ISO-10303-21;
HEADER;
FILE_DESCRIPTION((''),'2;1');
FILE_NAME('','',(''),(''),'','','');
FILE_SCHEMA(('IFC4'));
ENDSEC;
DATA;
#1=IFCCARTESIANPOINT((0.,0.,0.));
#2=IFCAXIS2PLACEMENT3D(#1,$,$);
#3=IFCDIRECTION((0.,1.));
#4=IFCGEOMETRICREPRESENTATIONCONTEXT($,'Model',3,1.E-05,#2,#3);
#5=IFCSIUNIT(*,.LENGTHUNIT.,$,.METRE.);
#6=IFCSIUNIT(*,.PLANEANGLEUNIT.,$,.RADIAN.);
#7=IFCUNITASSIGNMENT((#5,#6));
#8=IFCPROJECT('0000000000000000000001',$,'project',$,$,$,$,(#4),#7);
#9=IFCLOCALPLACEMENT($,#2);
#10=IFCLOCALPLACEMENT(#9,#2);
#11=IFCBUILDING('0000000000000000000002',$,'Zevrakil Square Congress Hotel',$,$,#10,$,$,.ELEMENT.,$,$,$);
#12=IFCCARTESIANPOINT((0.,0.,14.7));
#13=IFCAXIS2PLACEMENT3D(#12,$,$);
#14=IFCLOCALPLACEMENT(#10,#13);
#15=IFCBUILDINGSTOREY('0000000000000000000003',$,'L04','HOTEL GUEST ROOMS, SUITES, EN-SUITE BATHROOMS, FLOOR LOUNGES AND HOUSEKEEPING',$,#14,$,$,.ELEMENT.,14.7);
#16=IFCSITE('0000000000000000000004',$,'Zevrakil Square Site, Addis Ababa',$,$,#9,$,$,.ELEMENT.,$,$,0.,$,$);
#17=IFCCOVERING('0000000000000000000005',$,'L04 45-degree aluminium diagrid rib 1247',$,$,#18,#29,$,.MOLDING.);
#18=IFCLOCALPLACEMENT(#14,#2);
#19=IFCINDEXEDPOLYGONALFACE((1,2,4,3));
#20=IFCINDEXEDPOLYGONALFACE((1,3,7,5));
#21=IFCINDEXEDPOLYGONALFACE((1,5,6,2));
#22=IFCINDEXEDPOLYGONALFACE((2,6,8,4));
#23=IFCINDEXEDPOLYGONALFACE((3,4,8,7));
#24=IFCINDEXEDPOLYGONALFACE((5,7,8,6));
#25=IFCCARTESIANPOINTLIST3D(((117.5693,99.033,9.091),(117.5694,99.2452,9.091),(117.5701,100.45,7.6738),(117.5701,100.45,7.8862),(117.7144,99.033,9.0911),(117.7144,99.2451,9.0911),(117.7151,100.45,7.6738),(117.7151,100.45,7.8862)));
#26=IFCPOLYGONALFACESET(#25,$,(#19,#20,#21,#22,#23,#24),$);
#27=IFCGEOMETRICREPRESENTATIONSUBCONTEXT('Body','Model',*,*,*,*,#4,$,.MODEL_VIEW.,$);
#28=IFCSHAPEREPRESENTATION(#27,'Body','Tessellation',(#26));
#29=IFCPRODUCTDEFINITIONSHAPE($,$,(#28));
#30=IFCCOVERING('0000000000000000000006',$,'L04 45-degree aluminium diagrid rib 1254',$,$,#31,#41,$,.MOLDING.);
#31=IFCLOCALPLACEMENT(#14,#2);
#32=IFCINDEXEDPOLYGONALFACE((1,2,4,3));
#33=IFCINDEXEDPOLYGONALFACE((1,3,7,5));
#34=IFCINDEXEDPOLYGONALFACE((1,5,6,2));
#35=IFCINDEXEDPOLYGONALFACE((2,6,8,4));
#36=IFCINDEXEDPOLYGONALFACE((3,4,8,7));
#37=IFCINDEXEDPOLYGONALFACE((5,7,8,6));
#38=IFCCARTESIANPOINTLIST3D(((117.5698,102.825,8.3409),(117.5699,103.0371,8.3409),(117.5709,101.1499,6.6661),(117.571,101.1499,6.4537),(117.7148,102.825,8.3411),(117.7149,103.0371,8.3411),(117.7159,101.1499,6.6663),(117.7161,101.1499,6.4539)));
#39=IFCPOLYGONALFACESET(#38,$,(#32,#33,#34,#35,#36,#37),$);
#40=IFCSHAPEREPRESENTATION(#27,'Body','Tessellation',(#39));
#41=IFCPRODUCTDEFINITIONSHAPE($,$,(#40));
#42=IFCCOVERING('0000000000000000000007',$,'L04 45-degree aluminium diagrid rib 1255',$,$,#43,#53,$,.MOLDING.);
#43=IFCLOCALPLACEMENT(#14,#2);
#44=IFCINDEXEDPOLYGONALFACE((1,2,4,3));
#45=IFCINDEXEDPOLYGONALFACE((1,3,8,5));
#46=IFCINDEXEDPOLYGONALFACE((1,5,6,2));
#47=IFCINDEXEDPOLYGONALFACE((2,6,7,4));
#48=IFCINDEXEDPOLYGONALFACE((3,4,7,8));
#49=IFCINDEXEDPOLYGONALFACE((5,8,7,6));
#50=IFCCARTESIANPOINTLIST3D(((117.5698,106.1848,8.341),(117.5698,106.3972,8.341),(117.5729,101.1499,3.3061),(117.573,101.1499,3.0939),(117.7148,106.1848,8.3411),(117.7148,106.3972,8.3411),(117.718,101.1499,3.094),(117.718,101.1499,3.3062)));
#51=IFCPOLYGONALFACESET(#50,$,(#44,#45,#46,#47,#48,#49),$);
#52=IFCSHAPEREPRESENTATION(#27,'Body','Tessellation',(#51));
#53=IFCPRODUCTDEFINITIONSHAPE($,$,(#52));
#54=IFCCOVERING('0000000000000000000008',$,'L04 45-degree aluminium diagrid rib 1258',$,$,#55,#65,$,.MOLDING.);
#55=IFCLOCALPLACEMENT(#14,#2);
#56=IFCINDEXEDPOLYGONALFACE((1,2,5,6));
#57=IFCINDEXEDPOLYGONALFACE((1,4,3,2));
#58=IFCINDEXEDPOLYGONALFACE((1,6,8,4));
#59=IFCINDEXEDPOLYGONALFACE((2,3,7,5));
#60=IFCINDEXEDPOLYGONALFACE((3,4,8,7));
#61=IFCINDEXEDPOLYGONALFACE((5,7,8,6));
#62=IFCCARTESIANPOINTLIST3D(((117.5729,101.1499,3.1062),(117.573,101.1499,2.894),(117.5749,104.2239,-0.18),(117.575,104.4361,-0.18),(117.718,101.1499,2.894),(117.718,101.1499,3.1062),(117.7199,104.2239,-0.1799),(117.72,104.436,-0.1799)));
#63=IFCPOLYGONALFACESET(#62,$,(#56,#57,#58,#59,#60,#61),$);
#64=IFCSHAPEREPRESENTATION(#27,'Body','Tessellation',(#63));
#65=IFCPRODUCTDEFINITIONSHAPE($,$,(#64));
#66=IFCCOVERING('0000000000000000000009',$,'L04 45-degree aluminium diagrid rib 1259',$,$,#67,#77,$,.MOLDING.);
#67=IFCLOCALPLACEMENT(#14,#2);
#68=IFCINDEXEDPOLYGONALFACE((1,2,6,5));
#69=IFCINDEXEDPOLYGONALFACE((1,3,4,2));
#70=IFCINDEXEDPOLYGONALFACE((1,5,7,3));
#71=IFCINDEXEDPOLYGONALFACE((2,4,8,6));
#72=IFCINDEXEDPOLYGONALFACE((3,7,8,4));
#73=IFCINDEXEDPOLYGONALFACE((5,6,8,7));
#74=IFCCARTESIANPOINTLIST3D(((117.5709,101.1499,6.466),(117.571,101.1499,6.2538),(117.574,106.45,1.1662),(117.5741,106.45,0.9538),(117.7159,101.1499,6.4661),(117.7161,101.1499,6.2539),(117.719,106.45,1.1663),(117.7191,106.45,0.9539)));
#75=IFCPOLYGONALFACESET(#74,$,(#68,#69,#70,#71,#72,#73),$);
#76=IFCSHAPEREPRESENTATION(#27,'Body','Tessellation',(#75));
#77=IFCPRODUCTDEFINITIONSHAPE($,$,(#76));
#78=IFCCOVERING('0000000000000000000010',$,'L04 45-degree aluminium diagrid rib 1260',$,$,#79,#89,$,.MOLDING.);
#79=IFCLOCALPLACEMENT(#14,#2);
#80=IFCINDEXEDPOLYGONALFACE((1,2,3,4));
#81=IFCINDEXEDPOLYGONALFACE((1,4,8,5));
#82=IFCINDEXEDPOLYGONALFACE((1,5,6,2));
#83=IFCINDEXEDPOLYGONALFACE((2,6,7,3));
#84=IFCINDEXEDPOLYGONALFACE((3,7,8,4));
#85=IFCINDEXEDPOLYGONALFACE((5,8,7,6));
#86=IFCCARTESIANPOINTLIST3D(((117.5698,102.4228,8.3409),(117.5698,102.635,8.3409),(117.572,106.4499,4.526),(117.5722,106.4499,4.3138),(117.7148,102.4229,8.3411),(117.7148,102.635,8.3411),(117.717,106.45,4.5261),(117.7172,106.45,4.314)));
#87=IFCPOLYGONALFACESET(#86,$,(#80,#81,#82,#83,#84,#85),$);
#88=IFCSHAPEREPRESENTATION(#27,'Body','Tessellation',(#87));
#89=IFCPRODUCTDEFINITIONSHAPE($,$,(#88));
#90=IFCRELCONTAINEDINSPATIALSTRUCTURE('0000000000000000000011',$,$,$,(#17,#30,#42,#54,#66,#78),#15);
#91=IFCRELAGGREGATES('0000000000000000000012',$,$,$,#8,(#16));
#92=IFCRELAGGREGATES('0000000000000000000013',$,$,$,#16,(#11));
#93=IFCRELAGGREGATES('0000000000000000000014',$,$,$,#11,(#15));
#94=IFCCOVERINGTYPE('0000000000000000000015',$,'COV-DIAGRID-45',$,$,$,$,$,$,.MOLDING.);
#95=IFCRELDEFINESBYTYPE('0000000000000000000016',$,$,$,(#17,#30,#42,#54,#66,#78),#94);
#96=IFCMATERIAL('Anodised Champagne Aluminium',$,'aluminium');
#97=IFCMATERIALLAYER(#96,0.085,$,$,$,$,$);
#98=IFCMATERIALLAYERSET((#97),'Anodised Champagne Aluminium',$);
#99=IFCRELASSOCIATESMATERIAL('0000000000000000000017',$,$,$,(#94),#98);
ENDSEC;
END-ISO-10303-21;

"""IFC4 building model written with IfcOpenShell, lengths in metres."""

from ifc_helpers import new_model, si_unit, direction, frame, origin, place, context, subcontext, project, spatial, polyline, outline, extrude, material, layer, layer_set, type_object, element, save


model = new_model("IFC4")

# Units and contexts
model_context = context("Model", 3, precision=1e-05, world=origin(), true_north=direction((0.0, 1.0)))
body_context = subcontext(model_context, "Body", "Model", "MODEL_VIEW")
ifc_project = project(units=[si_unit("LENGTHUNIT", "METRE"), si_unit("PLANEANGLEUNIT", "RADIAN")], contexts=[model_context])

# Site, building, storey
site_placement = place(None, origin())
site = spatial("IfcSite", under=ifc_project, at=site_placement, Name="Zevrakil Square Site, Addis Ababa", CompositionType="ELEMENT", RefElevation=0.0)
building_placement = place(site_placement, origin())
building = spatial("IfcBuilding", under=site, at=building_placement, Name="Zevrakil Square Congress Hotel", CompositionType="ELEMENT")
storey_placement = place(building_placement, frame((0.0, 0.0, 14.7)))
storey = spatial("IfcBuildingStorey", under=building, at=storey_placement, Name="L04", Description="HOTEL GUEST ROOMS, SUITES, EN-SUITE BATHROOMS, FLOOR LOUNGES AND HOUSEKEEPING", CompositionType="ELEMENT", Elevation=14.7)

# Coverings
ifc_material_1 = material(Name="Anodised Champagne Aluminium", Category="aluminium")
ifc_layer_1 = layer(ifc_material_1, 0.085)
ifc_layer_set_1 = layer_set([ifc_layer_1], Name="Anodised Champagne Aluminium")
covering_type_1 = type_object("IfcCoveringType", Name="COV-DIAGRID-45", PredefinedType="MOLDING", material=ifc_layer_set_1)
covering_1_placement = place(storey_placement, frame((117.7144, 99.033, 9.0911), z_axis=(1.0, -0.00028, 0.000279), x_axis=(0.00028, 1.0, 0.0)))
element("IfcCovering", 1, at=covering_1_placement, inside=storey, type_object=covering_type_1, Name="L04 45-degree aluminium diagrid rib 1247", PredefinedType="MOLDING", context=body_context, shape_type="SweptSolid", body=[
    extrude(outline(polyline([(0.0, 0.0), (0.2122, 0.0), (1.417, -1.2048), (1.417, -1.4172), (0.0, 0.0)])), origin(), (0.0, 0.0, -1.0), 0.145),
])
covering_2_placement = place(storey_placement, frame((117.7161, 101.1499, 6.4539), z_axis=(1.0, -0.000266, 0.000883), x_axis=(-0.000883, 0.0, 1.0)))
element("IfcCovering", 2, at=covering_2_placement, inside=storey, type_object=covering_type_1, Name="L04 45-degree aluminium diagrid rib 1254", PredefinedType="MOLDING", context=body_context, shape_type="SweptSolid", body=[
    extrude(outline(polyline([(0.0, 0.0), (0.2124, 0.0), (1.8872, -1.675), (1.8872, -1.8872), (0.0, 0.0)])), origin(), (0.0, 0.0, -1.0), 0.145),
])
covering_3_placement = place(storey_placement, frame((117.718, 101.1499, 3.094), z_axis=(1.0, 0.000308, 0.000309), x_axis=(-0.000309, 0.0, 1.0)))
element("IfcCovering", 3, at=covering_3_placement, inside=storey, type_object=covering_type_1, Name="L04 45-degree aluminium diagrid rib 1255", PredefinedType="MOLDING", context=body_context, shape_type="SweptSolid", body=[
    extrude(outline(polyline([(0.0, 0.0), (0.2122, 0.0), (5.2471, -5.0349), (5.2471, -5.2473), (0.0, 0.0)])), origin(), (0.0, 0.0, -1.0), 0.145),
])
covering_4_placement = place(storey_placement, frame((117.718, 101.1499, 2.894), z_axis=(1.0, -0.000307, 0.000307), x_axis=(-0.000307, 0.0, 1.0)))
element("IfcCovering", 4, at=covering_4_placement, inside=storey, type_object=covering_type_1, Name="L04 45-degree aluminium diagrid rib 1258", PredefinedType="MOLDING", context=body_context, shape_type="SweptSolid", body=[
    extrude(outline(polyline([(0.0, 0.0), (0.2122, 0.0), (-3.074, -3.2861), (-3.074, -3.074), (0.0, 0.0)])), origin(), (0.0, 0.0, -1.0), 0.145),
])
covering_5_placement = place(storey_placement, frame((117.7161, 101.1499, 6.2539), z_axis=(1.0, -0.000001, 0.000575), x_axis=(-0.000575, 0.0, 1.0)))
element("IfcCovering", 5, at=covering_5_placement, inside=storey, type_object=covering_type_1, Name="L04 45-degree aluminium diagrid rib 1259", PredefinedType="MOLDING", context=body_context, shape_type="SweptSolid", body=[
    extrude(outline(polyline([(0.0, 0.0), (0.2122, 0.0), (-5.0876, -5.3), (-5.3, -5.3), (0.0, 0.0)])), origin(), (0.0, 0.0, -1.0), 0.145),
])
covering_6_placement = place(storey_placement, frame((117.7148, 102.4229, 8.3411), z_axis=(1.0, 0.00028, 0.000871), x_axis=(-0.00028, 1.0, 0.0)))
element("IfcCovering", 6, at=covering_6_placement, inside=storey, type_object=covering_type_1, Name="L04 45-degree aluminium diagrid rib 1260", PredefinedType="MOLDING", context=body_context, shape_type="SweptSolid", body=[
    extrude(outline(polyline([(0.0, 0.0), (0.2122, 0.0), (4.0271, -3.8149), (4.0271, -4.0271), (0.0, 0.0)])), origin(), (0.0, 0.0, -1.0), 0.145),
])

save(model, "model.ifc")
